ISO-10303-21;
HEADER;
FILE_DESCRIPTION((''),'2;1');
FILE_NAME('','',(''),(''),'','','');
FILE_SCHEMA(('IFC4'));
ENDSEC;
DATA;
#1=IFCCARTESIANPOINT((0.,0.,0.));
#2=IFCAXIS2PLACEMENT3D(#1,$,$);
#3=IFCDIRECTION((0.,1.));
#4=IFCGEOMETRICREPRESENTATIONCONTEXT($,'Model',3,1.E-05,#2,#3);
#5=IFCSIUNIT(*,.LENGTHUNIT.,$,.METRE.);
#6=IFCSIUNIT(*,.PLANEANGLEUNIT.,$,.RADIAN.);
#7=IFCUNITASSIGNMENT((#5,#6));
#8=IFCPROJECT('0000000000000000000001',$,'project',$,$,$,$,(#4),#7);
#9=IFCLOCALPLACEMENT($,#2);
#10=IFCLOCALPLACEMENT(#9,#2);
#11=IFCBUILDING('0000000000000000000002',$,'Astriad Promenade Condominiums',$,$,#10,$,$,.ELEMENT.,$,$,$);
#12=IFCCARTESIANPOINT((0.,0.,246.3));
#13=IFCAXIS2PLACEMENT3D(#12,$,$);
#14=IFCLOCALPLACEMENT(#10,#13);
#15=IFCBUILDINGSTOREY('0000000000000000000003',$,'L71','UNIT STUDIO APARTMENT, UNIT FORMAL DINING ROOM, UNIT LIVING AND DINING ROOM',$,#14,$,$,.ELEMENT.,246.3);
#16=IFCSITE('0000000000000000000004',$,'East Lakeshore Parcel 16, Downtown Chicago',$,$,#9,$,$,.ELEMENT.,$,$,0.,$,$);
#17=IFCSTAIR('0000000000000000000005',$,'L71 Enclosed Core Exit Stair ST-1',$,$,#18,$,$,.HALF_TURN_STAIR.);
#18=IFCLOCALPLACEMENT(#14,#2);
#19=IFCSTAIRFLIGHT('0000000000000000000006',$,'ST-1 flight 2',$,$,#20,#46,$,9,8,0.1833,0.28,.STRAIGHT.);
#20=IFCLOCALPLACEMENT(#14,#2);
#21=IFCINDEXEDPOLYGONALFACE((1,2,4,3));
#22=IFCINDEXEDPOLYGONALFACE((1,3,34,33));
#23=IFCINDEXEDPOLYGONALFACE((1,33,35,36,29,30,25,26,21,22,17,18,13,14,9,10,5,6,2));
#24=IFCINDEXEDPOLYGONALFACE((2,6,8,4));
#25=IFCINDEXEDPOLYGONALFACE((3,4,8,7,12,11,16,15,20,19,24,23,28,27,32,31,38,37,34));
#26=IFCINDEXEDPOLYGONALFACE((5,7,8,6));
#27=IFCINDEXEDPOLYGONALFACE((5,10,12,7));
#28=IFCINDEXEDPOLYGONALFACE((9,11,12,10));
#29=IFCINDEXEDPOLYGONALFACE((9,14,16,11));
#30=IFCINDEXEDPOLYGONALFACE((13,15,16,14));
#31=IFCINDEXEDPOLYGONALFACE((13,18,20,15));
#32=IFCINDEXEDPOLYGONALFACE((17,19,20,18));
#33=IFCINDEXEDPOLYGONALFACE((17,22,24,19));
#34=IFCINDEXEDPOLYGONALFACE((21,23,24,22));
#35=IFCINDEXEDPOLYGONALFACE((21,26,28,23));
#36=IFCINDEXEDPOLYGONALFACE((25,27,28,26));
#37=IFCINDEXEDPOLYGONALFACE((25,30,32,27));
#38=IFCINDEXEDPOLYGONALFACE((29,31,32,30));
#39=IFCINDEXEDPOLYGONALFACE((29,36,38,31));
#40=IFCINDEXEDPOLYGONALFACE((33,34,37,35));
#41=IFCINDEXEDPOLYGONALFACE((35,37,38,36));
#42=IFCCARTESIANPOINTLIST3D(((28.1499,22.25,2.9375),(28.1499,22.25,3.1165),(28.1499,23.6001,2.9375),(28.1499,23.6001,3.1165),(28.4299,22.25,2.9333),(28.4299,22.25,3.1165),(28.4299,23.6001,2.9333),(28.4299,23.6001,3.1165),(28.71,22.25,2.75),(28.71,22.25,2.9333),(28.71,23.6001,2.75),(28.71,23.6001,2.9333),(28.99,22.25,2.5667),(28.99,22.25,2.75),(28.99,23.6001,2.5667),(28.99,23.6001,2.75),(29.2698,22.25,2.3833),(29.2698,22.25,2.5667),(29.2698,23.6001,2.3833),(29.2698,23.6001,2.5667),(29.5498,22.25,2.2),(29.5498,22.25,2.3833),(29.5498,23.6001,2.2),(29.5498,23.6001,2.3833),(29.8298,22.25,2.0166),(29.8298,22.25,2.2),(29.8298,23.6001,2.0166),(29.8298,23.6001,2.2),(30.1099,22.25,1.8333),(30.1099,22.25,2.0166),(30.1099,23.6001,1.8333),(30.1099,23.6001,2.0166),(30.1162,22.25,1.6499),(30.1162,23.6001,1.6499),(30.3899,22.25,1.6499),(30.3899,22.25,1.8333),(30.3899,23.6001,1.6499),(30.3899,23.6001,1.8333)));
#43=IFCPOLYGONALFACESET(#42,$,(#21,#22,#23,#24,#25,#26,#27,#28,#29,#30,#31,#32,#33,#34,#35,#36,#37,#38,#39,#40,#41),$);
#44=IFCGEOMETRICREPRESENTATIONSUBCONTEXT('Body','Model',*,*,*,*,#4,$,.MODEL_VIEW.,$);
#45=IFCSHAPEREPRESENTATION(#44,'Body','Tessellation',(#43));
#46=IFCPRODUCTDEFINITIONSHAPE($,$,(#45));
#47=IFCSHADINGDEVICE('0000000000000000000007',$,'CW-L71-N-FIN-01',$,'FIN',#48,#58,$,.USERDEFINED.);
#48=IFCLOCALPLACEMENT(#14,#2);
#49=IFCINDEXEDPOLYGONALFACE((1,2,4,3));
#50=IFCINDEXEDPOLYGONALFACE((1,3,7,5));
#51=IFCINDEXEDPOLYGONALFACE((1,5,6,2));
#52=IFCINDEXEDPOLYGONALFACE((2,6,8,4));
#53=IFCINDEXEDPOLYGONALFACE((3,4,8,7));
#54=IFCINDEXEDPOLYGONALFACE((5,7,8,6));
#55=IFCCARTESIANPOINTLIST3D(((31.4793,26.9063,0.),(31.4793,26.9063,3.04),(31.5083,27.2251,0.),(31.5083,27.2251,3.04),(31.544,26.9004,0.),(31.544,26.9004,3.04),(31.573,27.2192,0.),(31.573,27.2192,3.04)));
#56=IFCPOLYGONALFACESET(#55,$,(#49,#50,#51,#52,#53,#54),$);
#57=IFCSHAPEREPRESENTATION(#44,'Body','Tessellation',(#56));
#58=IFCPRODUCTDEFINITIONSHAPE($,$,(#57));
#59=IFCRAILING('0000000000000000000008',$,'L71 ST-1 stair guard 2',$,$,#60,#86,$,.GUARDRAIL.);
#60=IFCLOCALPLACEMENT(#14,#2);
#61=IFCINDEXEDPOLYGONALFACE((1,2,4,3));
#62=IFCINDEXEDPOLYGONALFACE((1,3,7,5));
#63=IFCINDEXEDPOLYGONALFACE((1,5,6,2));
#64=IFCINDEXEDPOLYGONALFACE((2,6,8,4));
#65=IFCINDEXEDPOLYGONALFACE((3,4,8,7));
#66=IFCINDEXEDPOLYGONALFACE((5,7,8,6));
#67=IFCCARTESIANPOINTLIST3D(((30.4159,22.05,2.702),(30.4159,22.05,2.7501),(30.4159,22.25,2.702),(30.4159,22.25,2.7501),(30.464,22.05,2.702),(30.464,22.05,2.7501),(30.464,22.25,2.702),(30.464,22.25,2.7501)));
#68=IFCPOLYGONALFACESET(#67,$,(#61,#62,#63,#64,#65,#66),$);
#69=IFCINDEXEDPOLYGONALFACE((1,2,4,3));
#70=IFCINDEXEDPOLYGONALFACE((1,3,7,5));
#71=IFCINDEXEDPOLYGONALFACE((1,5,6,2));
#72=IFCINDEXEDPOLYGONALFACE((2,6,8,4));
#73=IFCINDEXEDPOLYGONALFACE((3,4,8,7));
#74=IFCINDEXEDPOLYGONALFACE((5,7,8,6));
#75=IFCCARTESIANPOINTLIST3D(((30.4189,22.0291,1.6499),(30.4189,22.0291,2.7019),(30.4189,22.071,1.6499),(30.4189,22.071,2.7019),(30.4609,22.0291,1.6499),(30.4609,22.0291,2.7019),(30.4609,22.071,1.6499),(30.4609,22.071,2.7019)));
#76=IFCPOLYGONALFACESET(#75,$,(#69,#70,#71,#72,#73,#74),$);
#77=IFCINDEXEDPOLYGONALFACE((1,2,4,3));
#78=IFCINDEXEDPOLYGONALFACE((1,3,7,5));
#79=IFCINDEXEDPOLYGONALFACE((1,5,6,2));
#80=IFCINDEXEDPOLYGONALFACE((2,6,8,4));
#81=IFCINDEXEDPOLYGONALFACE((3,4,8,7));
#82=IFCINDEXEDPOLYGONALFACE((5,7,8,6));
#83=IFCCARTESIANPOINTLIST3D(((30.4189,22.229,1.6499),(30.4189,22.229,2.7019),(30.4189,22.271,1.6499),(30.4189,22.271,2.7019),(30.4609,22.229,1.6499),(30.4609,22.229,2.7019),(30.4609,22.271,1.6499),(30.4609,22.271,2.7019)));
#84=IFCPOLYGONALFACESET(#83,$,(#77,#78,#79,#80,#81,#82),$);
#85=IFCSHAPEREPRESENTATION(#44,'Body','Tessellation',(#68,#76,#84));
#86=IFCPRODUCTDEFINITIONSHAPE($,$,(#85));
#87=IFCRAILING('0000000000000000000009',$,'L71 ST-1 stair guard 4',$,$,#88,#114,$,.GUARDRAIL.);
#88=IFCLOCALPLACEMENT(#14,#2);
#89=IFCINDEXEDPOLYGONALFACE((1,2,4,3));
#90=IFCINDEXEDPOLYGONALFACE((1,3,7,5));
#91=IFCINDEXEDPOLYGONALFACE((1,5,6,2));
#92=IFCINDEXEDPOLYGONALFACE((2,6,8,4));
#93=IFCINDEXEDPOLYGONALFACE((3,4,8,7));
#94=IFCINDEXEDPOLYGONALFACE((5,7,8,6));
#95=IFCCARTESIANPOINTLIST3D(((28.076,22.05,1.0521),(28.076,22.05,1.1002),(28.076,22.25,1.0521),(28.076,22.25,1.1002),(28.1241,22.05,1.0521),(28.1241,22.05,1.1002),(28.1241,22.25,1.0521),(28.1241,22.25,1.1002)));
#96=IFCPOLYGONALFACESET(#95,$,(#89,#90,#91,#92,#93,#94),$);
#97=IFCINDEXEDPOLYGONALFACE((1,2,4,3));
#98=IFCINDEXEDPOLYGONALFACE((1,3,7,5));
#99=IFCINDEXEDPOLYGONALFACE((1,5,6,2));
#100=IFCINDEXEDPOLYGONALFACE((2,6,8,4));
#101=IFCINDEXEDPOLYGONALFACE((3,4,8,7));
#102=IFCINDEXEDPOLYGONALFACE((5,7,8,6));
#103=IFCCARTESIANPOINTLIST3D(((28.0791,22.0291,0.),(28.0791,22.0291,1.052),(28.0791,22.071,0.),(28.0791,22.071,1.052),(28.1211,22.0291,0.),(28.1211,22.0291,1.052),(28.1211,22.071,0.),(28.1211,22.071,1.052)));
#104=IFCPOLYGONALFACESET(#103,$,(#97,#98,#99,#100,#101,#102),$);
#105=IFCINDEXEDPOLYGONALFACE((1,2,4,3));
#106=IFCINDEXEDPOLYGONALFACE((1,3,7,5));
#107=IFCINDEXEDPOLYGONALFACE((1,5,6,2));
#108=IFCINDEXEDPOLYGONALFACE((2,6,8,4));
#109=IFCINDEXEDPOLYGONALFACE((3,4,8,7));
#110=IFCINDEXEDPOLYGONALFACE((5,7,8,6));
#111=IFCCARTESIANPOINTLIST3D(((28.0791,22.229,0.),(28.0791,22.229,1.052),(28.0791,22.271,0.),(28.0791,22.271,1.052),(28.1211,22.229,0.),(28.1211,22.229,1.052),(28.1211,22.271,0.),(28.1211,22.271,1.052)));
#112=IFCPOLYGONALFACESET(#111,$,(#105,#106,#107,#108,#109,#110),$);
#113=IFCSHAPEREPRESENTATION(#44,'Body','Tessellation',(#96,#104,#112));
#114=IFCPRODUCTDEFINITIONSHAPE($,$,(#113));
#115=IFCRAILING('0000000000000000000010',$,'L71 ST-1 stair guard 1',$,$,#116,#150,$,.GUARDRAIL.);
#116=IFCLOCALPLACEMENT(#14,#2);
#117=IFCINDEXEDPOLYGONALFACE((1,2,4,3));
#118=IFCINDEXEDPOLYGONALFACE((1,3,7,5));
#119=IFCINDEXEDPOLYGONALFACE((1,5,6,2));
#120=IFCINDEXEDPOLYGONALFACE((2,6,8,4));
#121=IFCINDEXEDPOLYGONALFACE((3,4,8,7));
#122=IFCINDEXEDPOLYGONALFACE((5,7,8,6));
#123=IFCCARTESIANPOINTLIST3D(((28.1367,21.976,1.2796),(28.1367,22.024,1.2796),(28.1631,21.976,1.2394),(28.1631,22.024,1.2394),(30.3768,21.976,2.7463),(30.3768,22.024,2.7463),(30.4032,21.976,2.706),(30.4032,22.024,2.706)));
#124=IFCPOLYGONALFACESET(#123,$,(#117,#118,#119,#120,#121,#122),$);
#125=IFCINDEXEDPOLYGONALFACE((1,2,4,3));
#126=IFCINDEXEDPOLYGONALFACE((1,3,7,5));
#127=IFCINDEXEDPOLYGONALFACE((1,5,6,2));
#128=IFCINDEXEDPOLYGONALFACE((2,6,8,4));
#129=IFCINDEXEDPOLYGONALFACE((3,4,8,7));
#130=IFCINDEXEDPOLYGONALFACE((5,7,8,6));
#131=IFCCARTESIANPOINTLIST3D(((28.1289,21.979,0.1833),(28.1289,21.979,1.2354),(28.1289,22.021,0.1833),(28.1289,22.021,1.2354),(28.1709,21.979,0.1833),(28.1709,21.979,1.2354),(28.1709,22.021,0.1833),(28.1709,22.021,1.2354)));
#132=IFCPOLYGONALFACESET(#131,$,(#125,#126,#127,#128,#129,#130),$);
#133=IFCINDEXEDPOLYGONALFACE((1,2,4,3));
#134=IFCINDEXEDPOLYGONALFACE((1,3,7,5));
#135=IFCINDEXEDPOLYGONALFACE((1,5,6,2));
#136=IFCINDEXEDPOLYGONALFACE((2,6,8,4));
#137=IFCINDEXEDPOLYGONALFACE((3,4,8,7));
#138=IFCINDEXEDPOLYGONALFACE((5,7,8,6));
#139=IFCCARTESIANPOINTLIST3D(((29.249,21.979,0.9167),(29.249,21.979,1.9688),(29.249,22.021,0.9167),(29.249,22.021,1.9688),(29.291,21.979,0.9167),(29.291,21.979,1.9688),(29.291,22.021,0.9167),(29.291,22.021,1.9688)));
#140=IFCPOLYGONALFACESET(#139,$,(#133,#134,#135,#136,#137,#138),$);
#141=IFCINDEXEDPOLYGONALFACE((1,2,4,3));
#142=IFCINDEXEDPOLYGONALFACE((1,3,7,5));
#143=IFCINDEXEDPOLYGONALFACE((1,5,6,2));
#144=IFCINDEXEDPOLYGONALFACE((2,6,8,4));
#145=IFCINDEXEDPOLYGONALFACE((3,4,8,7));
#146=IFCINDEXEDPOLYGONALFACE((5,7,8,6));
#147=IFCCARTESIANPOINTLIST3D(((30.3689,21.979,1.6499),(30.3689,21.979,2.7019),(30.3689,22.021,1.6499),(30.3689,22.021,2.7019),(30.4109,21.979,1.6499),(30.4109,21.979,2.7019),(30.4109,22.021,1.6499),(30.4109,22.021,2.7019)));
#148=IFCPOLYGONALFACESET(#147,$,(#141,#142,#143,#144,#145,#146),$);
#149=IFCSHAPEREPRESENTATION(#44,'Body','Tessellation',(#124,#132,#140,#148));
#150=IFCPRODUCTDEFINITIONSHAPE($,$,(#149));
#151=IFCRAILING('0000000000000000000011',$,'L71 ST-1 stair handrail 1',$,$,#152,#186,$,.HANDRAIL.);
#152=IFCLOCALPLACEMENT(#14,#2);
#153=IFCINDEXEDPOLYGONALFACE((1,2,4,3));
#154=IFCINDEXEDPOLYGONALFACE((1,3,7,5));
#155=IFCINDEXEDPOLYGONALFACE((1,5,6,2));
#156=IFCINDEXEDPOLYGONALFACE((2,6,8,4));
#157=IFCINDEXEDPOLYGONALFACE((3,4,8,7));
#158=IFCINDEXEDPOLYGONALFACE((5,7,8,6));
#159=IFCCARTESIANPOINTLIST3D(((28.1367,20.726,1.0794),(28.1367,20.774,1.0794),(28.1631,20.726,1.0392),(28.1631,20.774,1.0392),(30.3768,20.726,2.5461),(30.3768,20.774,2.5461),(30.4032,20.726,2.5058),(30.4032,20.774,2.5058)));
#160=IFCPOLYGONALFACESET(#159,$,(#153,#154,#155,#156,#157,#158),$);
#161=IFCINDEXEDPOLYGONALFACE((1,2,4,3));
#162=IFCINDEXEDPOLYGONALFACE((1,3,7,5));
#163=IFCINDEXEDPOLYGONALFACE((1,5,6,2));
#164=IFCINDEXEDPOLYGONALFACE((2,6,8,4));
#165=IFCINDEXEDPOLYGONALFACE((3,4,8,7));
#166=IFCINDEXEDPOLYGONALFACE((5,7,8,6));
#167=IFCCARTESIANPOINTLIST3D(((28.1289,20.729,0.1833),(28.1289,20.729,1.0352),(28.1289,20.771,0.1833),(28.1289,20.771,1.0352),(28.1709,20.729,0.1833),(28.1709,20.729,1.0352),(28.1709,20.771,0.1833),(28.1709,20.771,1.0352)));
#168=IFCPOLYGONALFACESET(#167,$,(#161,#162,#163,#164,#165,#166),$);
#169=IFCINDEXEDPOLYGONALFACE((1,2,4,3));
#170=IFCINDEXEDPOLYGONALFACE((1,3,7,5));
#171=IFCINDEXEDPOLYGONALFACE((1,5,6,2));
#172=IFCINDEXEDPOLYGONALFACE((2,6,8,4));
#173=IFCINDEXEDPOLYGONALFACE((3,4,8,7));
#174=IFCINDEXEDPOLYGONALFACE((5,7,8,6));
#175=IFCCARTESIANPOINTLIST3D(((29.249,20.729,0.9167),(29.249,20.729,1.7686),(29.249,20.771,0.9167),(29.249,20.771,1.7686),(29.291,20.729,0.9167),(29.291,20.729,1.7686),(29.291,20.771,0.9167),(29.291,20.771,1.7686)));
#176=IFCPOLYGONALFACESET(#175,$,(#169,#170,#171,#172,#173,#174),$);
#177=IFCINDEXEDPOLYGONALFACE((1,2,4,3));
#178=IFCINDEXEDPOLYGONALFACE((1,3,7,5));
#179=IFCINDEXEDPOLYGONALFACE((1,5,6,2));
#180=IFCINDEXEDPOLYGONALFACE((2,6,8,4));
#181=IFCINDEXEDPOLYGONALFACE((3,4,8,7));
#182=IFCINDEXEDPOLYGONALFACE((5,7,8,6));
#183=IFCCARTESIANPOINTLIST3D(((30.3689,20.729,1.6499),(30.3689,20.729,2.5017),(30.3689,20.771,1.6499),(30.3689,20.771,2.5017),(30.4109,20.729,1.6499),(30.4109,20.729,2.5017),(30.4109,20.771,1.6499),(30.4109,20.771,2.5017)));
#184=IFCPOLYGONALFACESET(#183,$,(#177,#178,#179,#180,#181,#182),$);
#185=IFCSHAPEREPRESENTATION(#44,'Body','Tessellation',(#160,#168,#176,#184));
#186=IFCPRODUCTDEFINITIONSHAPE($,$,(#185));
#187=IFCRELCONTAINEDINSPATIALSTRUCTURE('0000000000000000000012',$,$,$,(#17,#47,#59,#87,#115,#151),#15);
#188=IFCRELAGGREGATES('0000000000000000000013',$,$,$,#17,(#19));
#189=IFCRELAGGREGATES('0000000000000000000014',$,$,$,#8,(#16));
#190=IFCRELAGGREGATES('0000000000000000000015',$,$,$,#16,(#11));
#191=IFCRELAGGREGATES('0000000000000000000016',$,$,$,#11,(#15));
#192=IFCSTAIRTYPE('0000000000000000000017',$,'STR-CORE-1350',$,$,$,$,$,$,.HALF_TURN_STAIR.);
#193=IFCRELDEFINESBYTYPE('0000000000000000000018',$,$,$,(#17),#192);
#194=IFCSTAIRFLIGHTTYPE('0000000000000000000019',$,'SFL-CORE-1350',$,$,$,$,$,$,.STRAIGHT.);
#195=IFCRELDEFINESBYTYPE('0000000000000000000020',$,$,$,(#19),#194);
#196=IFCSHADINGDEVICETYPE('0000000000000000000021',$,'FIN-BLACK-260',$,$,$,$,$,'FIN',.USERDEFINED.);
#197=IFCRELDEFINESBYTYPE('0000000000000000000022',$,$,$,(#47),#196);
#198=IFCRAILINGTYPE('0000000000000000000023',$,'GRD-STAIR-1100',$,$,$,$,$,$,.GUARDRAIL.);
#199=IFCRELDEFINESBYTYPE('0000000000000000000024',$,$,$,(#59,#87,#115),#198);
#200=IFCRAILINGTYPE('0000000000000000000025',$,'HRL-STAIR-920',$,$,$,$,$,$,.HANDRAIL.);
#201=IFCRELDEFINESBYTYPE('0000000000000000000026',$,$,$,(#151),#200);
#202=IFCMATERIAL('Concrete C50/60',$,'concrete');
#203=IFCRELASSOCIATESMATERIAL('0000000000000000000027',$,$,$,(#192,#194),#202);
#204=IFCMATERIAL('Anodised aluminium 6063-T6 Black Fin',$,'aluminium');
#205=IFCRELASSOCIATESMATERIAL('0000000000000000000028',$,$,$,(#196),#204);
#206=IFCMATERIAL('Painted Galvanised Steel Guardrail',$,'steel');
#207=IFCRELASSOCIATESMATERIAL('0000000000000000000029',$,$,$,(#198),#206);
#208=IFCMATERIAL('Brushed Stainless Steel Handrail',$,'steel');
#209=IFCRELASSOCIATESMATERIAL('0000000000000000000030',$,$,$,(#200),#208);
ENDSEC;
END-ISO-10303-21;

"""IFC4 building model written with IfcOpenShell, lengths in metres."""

from ifc_helpers import new_model, si_unit, direction, frame, origin, origin_2d, place, context, subcontext, project, spatial, polyline, rectangle, outline, extrude, source, transform, mapped, material, type_object, type_shapes, element, aggregate, save


model = new_model("IFC4")

# Units and contexts
model_context = context("Model", 3, precision=1e-05, world=origin(), true_north=direction((0.0, 1.0)))
body_context = subcontext(model_context, "Body", "Model", "MODEL_VIEW")
ifc_project = project(units=[si_unit("LENGTHUNIT", "METRE"), si_unit("PLANEANGLEUNIT", "RADIAN")], contexts=[model_context])

# Site, building, storey
site_placement = place(None, origin())
site = spatial("IfcSite", under=ifc_project, at=site_placement, Name="East Lakeshore Parcel 16, Downtown Chicago", CompositionType="ELEMENT", RefElevation=0.0)
building_placement = place(site_placement, origin())
building = spatial("IfcBuilding", under=site, at=building_placement, Name="Astriad Promenade Condominiums", CompositionType="ELEMENT")
storey_placement = place(building_placement, frame((0.0, 0.0, 246.3)))
storey = spatial("IfcBuildingStorey", under=building, at=storey_placement, Name="L71", Description="UNIT STUDIO APARTMENT, UNIT FORMAL DINING ROOM, UNIT LIVING AND DINING ROOM", CompositionType="ELEMENT", Elevation=246.3)

# Shared definitions
ifc_material_1 = material(Name="Concrete C50/60", Category="concrete")

# Stair, stair flight
stair_type = type_object("IfcStairType", Name="STR-CORE-1350", PredefinedType="HALF_TURN_STAIR", material=ifc_material_1)
stair_placement = place(storey_placement, origin())
stair = element("IfcStair", 1, at=stair_placement, inside=storey, type_object=stair_type, Name="L71 Enclosed Core Exit Stair ST-1", PredefinedType="HALF_TURN_STAIR")
stair_flight_type = type_object("IfcStairFlightType", Name="SFL-CORE-1350", PredefinedType="STRAIGHT", material=ifc_material_1)
shared_shape_1 = source(origin(), body_context, "Body", "SweptSolid", [
    extrude(outline(polyline([(0.0, 0.0), (0.0, 0.1833), (0.28, 0.1833), (0.28, 0.3667), (0.5601, 0.3667), (0.5601, 0.55), (0.8401, 0.55), (0.8401, 0.7334), (1.1201, 0.7334), (1.1201, 0.9167), (1.3999, 0.9167), (1.3999, 1.1001), (1.6799, 1.1001), (1.6799, 1.2834), (1.96, 1.2834), (1.96, 1.4666), (2.24, 1.4666), (2.24, 1.6499), (2.24, 1.2876), (0.2737, 0.0), (0.0, 0.0)])), frame((0.0, 0.675, 0.0), z_axis=(0.0, -1.0, 0.0), x_axis=(1.0, 0.0, 0.0)), (0.0, 0.0, 1.0), 1.3501),
])
type_shapes(stair_flight_type, [shared_shape_1])
stair_flight_1_placement = place(storey_placement, frame((30.3899, 22.925, 1.6499), z_axis=(0.0, 0.0, 1.0), x_axis=(-1.0, 0.0, 0.0)))
stair_flight_1 = element("IfcStairFlight", 2, at=stair_flight_1_placement, type_object=stair_flight_type, Name="ST-1 flight 2", NumberOfRisers=9, NumberOfTreads=8, PredefinedType="STRAIGHT", RiserHeight=0.1833, TreadLength=0.28, context=body_context, shape_type="MappedRepresentation", body=[
    mapped(shared_shape_1, transform((0.0, 0.0, 0.0), scale=1.0)),
])
aggregate(stair, [stair_flight_1])

# Shading device
ifc_material_2 = material(Name="Anodised aluminium 6063-T6 Black Fin", Category="aluminium")
shading_device_type = type_object("IfcShadingDeviceType", Name="FIN-BLACK-260", ElementType="FIN", PredefinedType="USERDEFINED", material=ifc_material_2)
shared_shape_2 = source(origin(), body_context, "Body", "SweptSolid", [
    extrude(rectangle(XDim=0.0649, YDim=0.3201, at=origin_2d()), origin(), (0.0, 0.0, 1.0), 3.04),
])
type_shapes(shading_device_type, [shared_shape_2])
shading_device_placement = place(storey_placement, frame((31.5261, 27.0627, 0.0), z_axis=(0.0, 0.0, 1.0), x_axis=(0.995884, -0.090633, 0.0)))
element("IfcShadingDevice", 3, at=shading_device_placement, inside=storey, type_object=shading_device_type, Name="CW-L71-N-FIN-01", ObjectType="FIN", PredefinedType="USERDEFINED", context=body_context, shape_type="MappedRepresentation", body=[
    mapped(shared_shape_2, transform((0.0, 0.0, 0.0), scale=1.0)),
])

# Railings
ifc_material_3 = material(Name="Painted Galvanised Steel Guardrail", Category="steel")
railing_type_1 = type_object("IfcRailingType", Name="GRD-STAIR-1100", PredefinedType="GUARDRAIL", material=ifc_material_3)
shared_shape_3 = source(origin(), body_context, "Body", "SweptSolid", [
    extrude(rectangle(XDim=0.0481, YDim=0.0481, at=origin_2d()), frame((0.0, 0.0, 1.0762), z_axis=(0.0, 1.0, 0.0), x_axis=(-1.0, 0.0, 0.0)), (0.0, 0.0, 1.0), 0.2),
    extrude(rectangle(XDim=0.042, YDim=0.042, at=origin_2d()), origin(), (0.0, 0.0, 1.0), 1.052),
    extrude(rectangle(XDim=0.042, YDim=0.042, at=origin_2d()), frame((0.0, 0.2, 0.0)), (0.0, 0.0, 1.0), 1.052),
])
for number, where, name in (
    (4, (30.4399, 22.05, 1.6499), "L71 ST-1 stair guard 2"),
    (5, (28.1001, 22.05, 0.0), "L71 ST-1 stair guard 4"),
):
    element("IfcRailing", number, at=place(storey_placement, frame(where)), inside=storey, type_object=railing_type_1, Name=name, PredefinedType="GUARDRAIL", context=body_context, shape_type="MappedRepresentation", body=[
        mapped(shared_shape_3, transform((0.0, 0.0, 0.0), scale=1.0)),
    ])
shared_shape_4 = source(origin(), body_context, "Body", "SweptSolid", [
    extrude(rectangle(XDim=0.0481, YDim=0.0481, at=origin_2d()), frame((0.0, 0.0, 1.0762), z_axis=(0.836637, 0.0, 0.547758), x_axis=(0.0, 1.0, 0.0)), (0.0, 0.0, 1.0), 2.6775),
    extrude(rectangle(XDim=0.042, YDim=0.042, at=origin_2d()), origin(), (0.0, 0.0, 1.0), 1.052),
    extrude(rectangle(XDim=0.042, YDim=0.042, at=origin_2d()), frame((1.1201, 0.0, 0.7334)), (0.0, 0.0, 1.0), 1.052),
    extrude(rectangle(XDim=0.042, YDim=0.042, at=origin_2d()), frame((2.24, 0.0, 1.4666)), (0.0, 0.0, 1.0), 1.052),
])
railing_1_placement = place(storey_placement, frame((28.1499, 22.0, 0.1833)))
element("IfcRailing", 6, at=railing_1_placement, inside=storey, type_object=railing_type_1, Name="L71 ST-1 stair guard 1", PredefinedType="GUARDRAIL", context=body_context, shape_type="MappedRepresentation", body=[
    mapped(shared_shape_4, transform((0.0, 0.0, 0.0), scale=1.0)),
])
ifc_material_4 = material(Name="Brushed Stainless Steel Handrail", Category="steel")
railing_type_2 = type_object("IfcRailingType", Name="HRL-STAIR-920", PredefinedType="HANDRAIL", material=ifc_material_4)
shared_shape_5 = source(origin(), body_context, "Body", "SweptSolid", [
    extrude(rectangle(XDim=0.0481, YDim=0.0481, at=origin_2d()), frame((0.0, 0.0, 0.876), z_axis=(0.836637, 0.0, 0.547758), x_axis=(0.0, 1.0, 0.0)), (0.0, 0.0, 1.0), 2.6775),
    extrude(rectangle(XDim=0.042, YDim=0.042, at=origin_2d()), origin(), (0.0, 0.0, 1.0), 0.8518),
    extrude(rectangle(XDim=0.042, YDim=0.042, at=origin_2d()), frame((1.1201, 0.0, 0.7334)), (0.0, 0.0, 1.0), 0.8518),
    extrude(rectangle(XDim=0.042, YDim=0.042, at=origin_2d()), frame((2.24, 0.0, 1.4666)), (0.0, 0.0, 1.0), 0.8518),
])
railing_2_placement = place(storey_placement, frame((28.1499, 20.75, 0.1833)))
element("IfcRailing", 7, at=railing_2_placement, inside=storey, type_object=railing_type_2, Name="L71 ST-1 stair handrail 1", PredefinedType="HANDRAIL", context=body_context, shape_type="MappedRepresentation", body=[
    mapped(shared_shape_5, transform((0.0, 0.0, 0.0), scale=1.0)),
])

save(model, "model.ifc")
